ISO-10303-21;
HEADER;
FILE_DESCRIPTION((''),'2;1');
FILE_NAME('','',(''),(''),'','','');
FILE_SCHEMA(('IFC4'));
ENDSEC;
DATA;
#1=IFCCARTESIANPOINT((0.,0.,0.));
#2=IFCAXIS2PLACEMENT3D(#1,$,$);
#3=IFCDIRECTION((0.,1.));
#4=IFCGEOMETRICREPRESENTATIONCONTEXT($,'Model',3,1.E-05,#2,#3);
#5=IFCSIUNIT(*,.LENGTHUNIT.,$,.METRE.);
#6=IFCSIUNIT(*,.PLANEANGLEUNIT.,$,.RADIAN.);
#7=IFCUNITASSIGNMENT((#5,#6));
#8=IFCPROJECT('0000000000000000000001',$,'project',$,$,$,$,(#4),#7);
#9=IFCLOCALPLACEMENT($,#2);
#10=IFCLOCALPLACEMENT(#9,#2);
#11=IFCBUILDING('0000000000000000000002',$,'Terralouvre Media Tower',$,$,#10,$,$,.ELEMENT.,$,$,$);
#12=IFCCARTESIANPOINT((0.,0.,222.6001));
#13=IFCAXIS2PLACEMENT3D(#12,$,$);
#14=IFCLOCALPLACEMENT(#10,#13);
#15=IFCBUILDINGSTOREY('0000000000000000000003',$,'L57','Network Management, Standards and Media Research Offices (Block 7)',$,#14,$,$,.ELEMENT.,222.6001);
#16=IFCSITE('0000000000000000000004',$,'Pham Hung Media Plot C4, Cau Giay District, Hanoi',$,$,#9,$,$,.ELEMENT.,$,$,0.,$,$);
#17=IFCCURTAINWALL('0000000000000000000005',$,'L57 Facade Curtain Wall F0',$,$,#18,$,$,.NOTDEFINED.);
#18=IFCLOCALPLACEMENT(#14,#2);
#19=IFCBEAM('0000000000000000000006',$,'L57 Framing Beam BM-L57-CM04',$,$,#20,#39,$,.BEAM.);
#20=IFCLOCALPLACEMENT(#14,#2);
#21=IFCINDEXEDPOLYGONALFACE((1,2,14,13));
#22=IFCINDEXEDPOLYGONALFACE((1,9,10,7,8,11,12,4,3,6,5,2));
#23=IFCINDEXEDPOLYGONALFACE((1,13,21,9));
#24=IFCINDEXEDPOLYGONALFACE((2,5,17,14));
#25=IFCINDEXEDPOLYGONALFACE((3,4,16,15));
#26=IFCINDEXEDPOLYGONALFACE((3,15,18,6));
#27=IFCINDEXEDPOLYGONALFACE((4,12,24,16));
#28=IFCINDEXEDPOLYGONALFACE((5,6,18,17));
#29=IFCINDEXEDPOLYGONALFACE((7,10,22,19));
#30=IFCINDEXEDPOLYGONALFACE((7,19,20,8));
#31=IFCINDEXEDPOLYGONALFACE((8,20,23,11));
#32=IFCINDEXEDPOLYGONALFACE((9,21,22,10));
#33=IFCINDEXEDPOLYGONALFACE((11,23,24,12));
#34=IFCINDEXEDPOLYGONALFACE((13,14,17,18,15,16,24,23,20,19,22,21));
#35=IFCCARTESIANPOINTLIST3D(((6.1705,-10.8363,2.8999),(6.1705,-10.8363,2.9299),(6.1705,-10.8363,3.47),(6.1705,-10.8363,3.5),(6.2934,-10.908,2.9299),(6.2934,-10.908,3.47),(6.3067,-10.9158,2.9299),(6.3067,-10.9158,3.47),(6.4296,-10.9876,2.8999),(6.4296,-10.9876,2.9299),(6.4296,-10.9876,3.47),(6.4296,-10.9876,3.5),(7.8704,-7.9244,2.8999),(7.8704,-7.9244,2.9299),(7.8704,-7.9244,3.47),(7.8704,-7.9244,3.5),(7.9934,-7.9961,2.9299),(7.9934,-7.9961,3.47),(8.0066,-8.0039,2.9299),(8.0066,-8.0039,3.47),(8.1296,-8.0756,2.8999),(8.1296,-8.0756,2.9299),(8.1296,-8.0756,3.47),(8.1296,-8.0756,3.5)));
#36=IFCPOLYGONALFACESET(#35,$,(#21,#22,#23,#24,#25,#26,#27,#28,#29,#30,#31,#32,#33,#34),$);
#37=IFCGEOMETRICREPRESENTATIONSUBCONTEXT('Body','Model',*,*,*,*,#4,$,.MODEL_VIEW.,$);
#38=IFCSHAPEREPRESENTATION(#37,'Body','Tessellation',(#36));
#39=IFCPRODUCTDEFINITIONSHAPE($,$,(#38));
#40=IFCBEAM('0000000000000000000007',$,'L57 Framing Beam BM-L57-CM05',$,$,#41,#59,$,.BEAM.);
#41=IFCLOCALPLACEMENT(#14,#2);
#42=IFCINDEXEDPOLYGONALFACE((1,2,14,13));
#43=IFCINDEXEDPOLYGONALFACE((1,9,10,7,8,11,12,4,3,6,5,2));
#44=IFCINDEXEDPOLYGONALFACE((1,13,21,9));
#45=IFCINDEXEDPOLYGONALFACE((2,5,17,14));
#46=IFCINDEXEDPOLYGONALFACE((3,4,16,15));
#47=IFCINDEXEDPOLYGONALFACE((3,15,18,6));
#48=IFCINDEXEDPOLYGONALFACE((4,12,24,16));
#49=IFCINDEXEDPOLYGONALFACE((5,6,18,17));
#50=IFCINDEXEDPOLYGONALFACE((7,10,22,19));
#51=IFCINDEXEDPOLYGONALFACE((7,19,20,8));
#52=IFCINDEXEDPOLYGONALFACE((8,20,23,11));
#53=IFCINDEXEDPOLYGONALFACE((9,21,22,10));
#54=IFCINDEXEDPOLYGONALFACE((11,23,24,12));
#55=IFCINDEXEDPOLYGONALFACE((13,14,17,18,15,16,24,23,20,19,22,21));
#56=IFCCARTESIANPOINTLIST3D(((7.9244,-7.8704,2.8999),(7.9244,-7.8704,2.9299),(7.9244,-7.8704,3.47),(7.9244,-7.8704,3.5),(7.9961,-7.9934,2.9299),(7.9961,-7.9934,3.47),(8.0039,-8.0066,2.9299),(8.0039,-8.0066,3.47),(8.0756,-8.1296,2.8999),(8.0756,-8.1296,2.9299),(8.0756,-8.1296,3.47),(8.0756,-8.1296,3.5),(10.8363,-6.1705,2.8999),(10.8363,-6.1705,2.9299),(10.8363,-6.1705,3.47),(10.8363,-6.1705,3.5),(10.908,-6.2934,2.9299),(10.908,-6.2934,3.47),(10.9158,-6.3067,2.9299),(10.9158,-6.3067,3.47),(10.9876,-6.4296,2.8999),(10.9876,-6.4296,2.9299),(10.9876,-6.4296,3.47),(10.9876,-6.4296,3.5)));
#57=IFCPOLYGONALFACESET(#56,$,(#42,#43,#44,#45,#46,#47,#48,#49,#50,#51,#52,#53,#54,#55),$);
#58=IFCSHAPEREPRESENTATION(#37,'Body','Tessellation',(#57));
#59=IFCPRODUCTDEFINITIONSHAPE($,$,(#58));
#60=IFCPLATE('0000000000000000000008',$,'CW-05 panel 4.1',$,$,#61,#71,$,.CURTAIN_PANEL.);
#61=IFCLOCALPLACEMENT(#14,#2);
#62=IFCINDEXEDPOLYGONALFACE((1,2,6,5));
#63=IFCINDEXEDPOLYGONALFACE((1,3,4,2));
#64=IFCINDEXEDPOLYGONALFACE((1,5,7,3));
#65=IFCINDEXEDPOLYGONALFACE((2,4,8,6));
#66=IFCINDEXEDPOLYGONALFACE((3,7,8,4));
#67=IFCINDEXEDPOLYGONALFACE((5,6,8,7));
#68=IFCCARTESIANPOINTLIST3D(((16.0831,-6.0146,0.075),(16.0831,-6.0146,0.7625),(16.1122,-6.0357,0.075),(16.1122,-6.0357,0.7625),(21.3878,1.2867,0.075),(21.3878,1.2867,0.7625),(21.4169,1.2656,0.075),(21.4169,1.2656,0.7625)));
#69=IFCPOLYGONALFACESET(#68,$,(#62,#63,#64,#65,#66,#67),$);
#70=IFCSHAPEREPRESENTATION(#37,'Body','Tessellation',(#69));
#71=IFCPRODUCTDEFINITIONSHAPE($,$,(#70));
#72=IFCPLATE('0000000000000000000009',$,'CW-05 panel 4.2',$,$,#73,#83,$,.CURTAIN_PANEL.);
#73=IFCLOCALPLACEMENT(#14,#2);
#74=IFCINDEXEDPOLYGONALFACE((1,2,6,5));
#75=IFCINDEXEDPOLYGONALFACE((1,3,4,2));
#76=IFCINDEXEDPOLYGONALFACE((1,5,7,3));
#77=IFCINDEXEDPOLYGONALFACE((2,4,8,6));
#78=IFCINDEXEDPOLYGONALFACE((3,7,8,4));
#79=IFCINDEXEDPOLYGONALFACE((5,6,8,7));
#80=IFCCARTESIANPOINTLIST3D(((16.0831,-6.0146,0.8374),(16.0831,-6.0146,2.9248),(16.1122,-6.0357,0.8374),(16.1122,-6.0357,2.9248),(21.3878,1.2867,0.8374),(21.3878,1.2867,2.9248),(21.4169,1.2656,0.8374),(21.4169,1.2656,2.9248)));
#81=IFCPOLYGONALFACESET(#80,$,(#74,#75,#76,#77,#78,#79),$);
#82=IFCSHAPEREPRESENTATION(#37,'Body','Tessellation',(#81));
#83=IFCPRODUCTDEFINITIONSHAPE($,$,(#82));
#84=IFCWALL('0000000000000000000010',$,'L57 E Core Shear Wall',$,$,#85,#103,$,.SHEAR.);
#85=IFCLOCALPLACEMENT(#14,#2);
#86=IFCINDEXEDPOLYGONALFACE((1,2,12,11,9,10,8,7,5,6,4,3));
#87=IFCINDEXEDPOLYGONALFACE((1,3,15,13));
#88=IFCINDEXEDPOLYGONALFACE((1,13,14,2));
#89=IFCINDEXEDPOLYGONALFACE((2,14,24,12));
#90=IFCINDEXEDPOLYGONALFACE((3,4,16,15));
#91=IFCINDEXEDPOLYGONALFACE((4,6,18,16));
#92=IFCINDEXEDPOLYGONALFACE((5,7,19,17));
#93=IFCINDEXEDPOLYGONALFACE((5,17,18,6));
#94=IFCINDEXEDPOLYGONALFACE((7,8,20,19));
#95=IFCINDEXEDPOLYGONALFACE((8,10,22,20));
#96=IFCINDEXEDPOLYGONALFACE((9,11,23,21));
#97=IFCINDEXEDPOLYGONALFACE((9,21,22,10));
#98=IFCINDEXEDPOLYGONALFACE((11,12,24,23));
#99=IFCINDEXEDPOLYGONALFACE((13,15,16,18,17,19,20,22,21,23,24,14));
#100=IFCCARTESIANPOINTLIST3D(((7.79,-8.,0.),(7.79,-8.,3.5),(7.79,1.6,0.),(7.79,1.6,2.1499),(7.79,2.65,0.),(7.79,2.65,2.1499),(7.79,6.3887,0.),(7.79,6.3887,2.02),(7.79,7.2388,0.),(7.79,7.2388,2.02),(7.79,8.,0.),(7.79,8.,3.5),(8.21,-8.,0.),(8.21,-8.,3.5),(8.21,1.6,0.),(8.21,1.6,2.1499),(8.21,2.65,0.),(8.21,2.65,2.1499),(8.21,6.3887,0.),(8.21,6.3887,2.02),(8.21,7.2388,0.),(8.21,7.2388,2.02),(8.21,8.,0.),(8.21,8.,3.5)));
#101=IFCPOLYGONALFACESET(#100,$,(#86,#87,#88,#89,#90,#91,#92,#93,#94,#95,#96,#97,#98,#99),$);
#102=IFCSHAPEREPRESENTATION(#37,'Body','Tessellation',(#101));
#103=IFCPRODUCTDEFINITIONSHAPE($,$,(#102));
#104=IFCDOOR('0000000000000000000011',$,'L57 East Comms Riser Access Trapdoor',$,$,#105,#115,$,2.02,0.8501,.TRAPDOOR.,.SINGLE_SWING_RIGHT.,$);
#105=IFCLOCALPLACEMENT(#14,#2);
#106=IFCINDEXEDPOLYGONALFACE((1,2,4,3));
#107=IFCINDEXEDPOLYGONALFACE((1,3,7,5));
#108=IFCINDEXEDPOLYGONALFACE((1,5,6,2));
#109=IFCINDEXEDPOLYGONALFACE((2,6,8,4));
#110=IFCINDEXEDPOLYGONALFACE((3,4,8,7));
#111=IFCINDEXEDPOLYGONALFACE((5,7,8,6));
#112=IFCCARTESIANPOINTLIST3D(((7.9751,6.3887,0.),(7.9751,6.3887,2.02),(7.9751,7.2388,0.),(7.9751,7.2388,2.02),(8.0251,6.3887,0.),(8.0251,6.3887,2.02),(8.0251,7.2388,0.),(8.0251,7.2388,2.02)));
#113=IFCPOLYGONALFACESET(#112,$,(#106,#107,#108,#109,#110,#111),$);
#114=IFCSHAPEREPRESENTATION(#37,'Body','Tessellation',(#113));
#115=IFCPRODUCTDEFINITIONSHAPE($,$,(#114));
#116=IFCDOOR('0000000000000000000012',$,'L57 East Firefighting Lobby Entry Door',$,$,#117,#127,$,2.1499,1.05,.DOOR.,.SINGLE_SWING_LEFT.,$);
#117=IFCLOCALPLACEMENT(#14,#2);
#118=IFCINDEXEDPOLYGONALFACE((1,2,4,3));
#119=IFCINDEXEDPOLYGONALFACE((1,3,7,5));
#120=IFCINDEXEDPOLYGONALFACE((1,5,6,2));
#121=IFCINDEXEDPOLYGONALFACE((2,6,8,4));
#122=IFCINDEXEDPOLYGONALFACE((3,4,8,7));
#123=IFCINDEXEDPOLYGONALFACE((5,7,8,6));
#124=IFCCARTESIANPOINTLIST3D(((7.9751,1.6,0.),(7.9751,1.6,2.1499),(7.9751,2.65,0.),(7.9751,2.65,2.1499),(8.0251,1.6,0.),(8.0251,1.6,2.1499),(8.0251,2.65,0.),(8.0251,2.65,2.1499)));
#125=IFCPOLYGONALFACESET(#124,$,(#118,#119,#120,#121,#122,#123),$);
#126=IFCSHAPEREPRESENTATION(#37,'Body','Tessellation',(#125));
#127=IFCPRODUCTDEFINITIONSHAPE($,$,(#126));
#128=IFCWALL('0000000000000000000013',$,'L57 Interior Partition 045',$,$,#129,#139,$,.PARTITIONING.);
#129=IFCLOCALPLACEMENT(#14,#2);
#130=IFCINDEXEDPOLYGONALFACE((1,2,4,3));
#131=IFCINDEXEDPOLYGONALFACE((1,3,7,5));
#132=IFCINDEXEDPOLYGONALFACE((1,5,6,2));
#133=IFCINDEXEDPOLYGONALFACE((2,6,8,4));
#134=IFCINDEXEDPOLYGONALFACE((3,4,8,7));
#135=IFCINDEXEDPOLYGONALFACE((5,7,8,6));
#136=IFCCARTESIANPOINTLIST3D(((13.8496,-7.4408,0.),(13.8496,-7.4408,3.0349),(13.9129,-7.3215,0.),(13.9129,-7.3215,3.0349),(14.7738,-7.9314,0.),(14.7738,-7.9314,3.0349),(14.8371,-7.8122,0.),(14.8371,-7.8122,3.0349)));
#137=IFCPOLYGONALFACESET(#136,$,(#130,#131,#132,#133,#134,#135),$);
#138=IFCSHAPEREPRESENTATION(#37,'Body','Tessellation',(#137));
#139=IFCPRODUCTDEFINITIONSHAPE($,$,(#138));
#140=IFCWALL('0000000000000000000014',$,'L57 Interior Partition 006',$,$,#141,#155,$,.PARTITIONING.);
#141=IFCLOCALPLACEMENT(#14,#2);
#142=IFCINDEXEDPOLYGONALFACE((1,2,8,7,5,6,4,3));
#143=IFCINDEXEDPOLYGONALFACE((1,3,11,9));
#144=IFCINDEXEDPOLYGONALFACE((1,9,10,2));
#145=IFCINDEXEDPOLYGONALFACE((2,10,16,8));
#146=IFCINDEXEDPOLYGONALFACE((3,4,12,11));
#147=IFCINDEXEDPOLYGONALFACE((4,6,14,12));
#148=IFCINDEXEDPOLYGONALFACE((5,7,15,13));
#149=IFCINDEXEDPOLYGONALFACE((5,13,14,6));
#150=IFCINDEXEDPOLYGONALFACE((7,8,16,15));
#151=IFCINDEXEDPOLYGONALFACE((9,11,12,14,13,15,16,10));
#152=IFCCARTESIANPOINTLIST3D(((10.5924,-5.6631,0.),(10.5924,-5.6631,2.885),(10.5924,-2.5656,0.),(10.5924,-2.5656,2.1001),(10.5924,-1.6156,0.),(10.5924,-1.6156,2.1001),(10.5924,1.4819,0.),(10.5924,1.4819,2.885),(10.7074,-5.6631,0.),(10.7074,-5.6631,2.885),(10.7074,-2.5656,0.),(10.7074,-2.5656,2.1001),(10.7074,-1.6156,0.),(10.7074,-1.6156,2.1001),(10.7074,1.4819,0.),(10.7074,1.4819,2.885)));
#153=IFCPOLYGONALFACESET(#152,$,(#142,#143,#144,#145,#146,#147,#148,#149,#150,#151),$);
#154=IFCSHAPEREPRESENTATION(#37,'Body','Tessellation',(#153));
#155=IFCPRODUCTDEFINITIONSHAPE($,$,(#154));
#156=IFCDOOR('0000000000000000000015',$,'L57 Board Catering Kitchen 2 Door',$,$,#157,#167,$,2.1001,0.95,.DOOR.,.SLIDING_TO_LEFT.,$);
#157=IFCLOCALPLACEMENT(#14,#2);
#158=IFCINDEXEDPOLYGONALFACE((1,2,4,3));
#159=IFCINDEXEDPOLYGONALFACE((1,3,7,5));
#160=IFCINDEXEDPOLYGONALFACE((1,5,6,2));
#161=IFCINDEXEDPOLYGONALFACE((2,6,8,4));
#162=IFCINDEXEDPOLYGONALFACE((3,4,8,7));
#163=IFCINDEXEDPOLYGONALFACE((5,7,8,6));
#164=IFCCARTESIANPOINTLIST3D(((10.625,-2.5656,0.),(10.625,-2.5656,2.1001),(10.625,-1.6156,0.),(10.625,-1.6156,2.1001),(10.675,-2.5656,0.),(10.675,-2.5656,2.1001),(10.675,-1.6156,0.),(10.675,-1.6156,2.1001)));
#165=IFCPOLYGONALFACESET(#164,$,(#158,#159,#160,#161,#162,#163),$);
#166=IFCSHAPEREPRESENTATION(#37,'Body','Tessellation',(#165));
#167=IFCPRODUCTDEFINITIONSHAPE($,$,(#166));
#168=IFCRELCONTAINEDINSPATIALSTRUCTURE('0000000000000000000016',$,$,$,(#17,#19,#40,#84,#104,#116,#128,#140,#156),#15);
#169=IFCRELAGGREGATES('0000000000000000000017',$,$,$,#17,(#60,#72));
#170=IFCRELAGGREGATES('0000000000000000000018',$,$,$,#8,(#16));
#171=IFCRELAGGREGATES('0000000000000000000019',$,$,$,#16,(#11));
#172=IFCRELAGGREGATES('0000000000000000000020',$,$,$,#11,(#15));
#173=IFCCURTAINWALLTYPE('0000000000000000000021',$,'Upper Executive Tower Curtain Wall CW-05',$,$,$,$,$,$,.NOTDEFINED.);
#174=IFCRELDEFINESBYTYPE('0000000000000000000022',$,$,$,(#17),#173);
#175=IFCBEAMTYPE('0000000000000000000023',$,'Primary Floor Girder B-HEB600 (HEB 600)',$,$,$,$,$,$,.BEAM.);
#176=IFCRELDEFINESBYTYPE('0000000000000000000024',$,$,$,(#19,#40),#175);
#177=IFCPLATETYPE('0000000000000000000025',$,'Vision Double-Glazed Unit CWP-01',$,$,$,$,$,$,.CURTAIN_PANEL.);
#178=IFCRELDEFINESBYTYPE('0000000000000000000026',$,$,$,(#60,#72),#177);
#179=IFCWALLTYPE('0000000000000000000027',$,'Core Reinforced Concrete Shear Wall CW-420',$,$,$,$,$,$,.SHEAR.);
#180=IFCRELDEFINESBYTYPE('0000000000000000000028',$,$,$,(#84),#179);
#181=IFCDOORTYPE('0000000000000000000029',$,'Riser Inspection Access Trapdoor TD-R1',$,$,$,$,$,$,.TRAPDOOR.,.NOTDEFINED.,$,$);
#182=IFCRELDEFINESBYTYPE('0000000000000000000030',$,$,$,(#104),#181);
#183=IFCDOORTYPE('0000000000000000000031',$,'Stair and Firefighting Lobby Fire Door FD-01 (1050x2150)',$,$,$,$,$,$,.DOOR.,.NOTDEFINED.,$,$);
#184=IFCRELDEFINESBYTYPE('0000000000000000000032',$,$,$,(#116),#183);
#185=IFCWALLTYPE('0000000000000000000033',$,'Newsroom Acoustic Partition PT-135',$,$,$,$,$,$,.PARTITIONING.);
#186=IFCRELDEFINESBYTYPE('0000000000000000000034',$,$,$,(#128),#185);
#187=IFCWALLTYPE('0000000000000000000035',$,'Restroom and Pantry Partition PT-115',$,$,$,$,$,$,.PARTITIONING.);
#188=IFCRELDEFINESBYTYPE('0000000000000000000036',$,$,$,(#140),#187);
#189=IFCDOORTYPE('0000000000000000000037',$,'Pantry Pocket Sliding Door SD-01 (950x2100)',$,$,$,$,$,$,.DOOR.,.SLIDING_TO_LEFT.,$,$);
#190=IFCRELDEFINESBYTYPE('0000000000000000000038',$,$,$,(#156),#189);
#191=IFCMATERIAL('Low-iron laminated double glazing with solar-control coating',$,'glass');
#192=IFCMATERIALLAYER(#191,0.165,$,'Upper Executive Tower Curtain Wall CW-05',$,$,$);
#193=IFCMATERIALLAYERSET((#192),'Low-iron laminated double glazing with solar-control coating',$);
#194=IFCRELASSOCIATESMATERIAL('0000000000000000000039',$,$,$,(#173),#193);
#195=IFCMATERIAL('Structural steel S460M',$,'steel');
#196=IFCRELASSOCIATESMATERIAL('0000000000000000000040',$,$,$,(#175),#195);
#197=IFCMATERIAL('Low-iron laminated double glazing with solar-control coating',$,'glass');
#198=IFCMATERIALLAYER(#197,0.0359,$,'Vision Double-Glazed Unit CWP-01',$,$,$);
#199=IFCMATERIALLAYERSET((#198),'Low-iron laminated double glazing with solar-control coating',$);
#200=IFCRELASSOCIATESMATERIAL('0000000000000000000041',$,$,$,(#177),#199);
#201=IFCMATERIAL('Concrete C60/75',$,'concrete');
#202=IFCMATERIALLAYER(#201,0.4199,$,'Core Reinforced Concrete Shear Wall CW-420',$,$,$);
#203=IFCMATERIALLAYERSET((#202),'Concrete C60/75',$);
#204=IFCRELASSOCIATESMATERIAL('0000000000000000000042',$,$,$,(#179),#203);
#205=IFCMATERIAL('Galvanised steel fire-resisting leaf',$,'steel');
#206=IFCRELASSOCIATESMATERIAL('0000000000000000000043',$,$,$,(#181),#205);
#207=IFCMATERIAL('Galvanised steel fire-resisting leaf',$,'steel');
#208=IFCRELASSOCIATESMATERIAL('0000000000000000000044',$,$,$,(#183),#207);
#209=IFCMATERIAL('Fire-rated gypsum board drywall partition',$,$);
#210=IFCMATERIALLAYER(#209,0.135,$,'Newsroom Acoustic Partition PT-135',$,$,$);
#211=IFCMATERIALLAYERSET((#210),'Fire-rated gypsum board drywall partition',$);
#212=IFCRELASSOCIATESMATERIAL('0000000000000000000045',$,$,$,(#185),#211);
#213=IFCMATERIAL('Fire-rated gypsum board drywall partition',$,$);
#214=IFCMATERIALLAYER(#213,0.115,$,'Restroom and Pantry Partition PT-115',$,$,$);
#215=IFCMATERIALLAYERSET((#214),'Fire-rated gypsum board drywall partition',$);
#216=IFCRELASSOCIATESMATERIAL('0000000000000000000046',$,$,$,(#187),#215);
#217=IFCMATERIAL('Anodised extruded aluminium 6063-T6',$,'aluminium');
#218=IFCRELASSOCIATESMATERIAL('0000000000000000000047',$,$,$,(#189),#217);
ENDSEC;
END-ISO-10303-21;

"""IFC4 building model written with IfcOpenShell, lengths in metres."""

from ifc_helpers import new_model, si_unit, direction, frame, frame_2d, origin, origin_2d, place, context, subcontext, project, spatial, rectangle, i_section, extrude, material, layer, layer_set, material_profile, profile_set, type_object, element, fill, aggregate, save


model = new_model("IFC4")

# Units and contexts
model_context = context("Model", 3, precision=1e-05, world=origin(), true_north=direction((0.0, 1.0)))
body_context = subcontext(model_context, "Body", "Model", "MODEL_VIEW")
ifc_project = project(units=[si_unit("LENGTHUNIT", "METRE"), si_unit("PLANEANGLEUNIT", "RADIAN")], contexts=[model_context])

# Site, building, storey
site_placement = place(None, origin())
site = spatial("IfcSite", under=ifc_project, at=site_placement, Name="Pham Hung Media Plot C4, Cau Giay District, Hanoi", CompositionType="ELEMENT", RefElevation=0.0)
building_placement = place(site_placement, origin())
building = spatial("IfcBuilding", under=site, at=building_placement, Name="Terralouvre Media Tower", CompositionType="ELEMENT")
storey_placement = place(building_placement, frame((0.0, 0.0, 222.6001)))
storey = spatial("IfcBuildingStorey", under=building, at=storey_placement, Name="L57", Description="Network Management, Standards and Media Research Offices (Block 7)", CompositionType="ELEMENT", Elevation=222.6001)

# Curtain wall
ifc_material_1 = material(Name="Low-iron laminated double glazing with solar-control coating", Category="glass")
ifc_layer_1 = layer(ifc_material_1, 0.165, Name="Upper Executive Tower Curtain Wall CW-05")
ifc_layer_set_1 = layer_set([ifc_layer_1], Name="Low-iron laminated double glazing with solar-control coating")
curtain_wall_type = type_object("IfcCurtainWallType", Name="Upper Executive Tower Curtain Wall CW-05", PredefinedType="NOTDEFINED", material=ifc_layer_set_1)
curtain_wall_placement = place(storey_placement, origin())
curtain_wall = element("IfcCurtainWall", 1, at=curtain_wall_placement, inside=storey, type_object=curtain_wall_type, Name="L57 Facade Curtain Wall F0", PredefinedType="NOTDEFINED")

# Beams
ifc_material_2 = material(Name="Structural steel S460M", Category="steel")
ifc_material_profile_1 = material_profile(ifc_material_2, i_section(OverallWidth=0.3, OverallDepth=0.6001, WebThickness=0.0154, FlangeThickness=0.03, at=origin_2d()), Name="HEB 600")
ifc_profile_set_1 = profile_set([ifc_material_profile_1], Name="Structural steel S460M")
beam_type_1 = type_object("IfcBeamType", Name="Primary Floor Girder B-HEB600 (HEB 600)", PredefinedType="BEAM", material=ifc_profile_set_1)
for number, where, z_axis, x_axis, name in (
    (2, (8.0, -8.0, 3.2), (-0.504173, -0.863603, 0.0), (0.863603, -0.504173, 0.0), "L57 Framing Beam BM-L57-CM04"),
    (3, (8.0, -8.0, 3.2), (0.863603, 0.504173, 0.0), (-0.504173, 0.863603, 0.0), "L57 Framing Beam BM-L57-CM05"),
):
    element("IfcBeam", number, at=place(storey_placement, frame(where, z_axis=z_axis, x_axis=x_axis)), inside=storey, type_object=beam_type_1, Name=name, PredefinedType="BEAM", context=body_context, shape_type="SweptSolid", body=[
        extrude(i_section(OverallWidth=0.3, OverallDepth=0.6001, WebThickness=0.0154, FlangeThickness=0.03, at=origin_2d()), origin(), (0.0, 0.0, 1.0), 3.3718),
    ])

# Plates
ifc_material_3 = material(Name="Low-iron laminated double glazing with solar-control coating", Category="glass")
ifc_layer_2 = layer(ifc_material_3, 0.0359, Name="Vision Double-Glazed Unit CWP-01")
ifc_layer_set_2 = layer_set([ifc_layer_2], Name="Low-iron laminated double glazing with solar-control coating")
plate_type = type_object("IfcPlateType", Name="Vision Double-Glazed Unit CWP-01", PredefinedType="CURTAIN_PANEL", material=ifc_layer_set_2)
plate_1_placement = place(storey_placement, frame((18.75, -2.3745, 0.075), z_axis=(0.0, 0.0, 1.0), x_axis=(0.587785, 0.809017, 0.0)))
plate_1 = element("IfcPlate", 4, at=plate_1_placement, type_object=plate_type, Name="CW-05 panel 4.1", PredefinedType="CURTAIN_PANEL", context=body_context, shape_type="SweptSolid", body=[
    extrude(rectangle(XDim=9.0249, YDim=0.0359, at=origin_2d()), origin(), (0.0, 0.0, 1.0), 0.6875),
])
plate_2_placement = place(storey_placement, frame((18.75, -2.3745, 0.8374), z_axis=(0.0, 0.0, 1.0), x_axis=(0.587785, 0.809017, 0.0)))
plate_2 = element("IfcPlate", 5, at=plate_2_placement, type_object=plate_type, Name="CW-05 panel 4.2", PredefinedType="CURTAIN_PANEL", context=body_context, shape_type="SweptSolid", body=[
    extrude(rectangle(XDim=9.0249, YDim=0.0359, at=origin_2d()), origin(), (0.0, 0.0, 1.0), 2.0874),
])
aggregate(curtain_wall, [plate_1, plate_2])

# Wall, openings, doors
ifc_material_4 = material(Name="Concrete C60/75", Category="concrete")
ifc_layer_3 = layer(ifc_material_4, 0.4199, Name="Core Reinforced Concrete Shear Wall CW-420")
ifc_layer_set_3 = layer_set([ifc_layer_3], Name="Concrete C60/75")
wall_type_1 = type_object("IfcWallType", Name="Core Reinforced Concrete Shear Wall CW-420", PredefinedType="SHEAR", material=ifc_layer_set_3)
wall_1_placement = place(storey_placement, frame((8.0, -8.0, 0.0), z_axis=(0.0, 0.0, 1.0), x_axis=(0.0, 1.0, 0.0)))
wall_1 = element("IfcWall", 6, at=wall_1_placement, inside=storey, type_object=wall_type_1, Name="L57 E Core Shear Wall", PredefinedType="SHEAR", context=body_context, shape_type="SweptSolid", body=[
    extrude(rectangle(XDim=16.0, YDim=0.4199, at=frame_2d((8.0, 0.0))), origin(), (0.0, 0.0, 1.0), 3.5),
])
opening_1_placement = place(wall_1_placement, frame((9.6001, 0.0, 0.0)))
opening_1 = element("IfcOpeningElement", 7, at=opening_1_placement, cuts=wall_1, PredefinedType="OPENING", context=body_context, shape_type="SweptSolid", body=[
    extrude(rectangle(XDim=1.05, YDim=2.1499, at=frame_2d((0.5249, 1.075))), frame((0.0, 0.22, 0.0), z_axis=(0.0, -1.0, 0.0), x_axis=(1.0, 0.0, 0.0)), (0.0, 0.0, 1.0), 0.4399),
])
opening_2_placement = place(wall_1_placement, frame((14.3887, 0.0, 0.0)))
opening_2 = element("IfcOpeningElement", 8, at=opening_2_placement, cuts=wall_1, PredefinedType="OPENING", context=body_context, shape_type="SweptSolid", body=[
    extrude(rectangle(XDim=0.8501, YDim=2.02, at=frame_2d((0.425, 1.01))), frame((0.0, 0.22, 0.0), z_axis=(0.0, -1.0, 0.0), x_axis=(1.0, 0.0, 0.0)), (0.0, 0.0, 1.0), 0.4399),
])
ifc_material_5 = material(Name="Galvanised steel fire-resisting leaf", Category="steel")
door_type_1 = type_object("IfcDoorType", Name="Riser Inspection Access Trapdoor TD-R1", OperationType="NOTDEFINED", PredefinedType="TRAPDOOR", material=ifc_material_5)
door_1_placement = place(opening_2_placement, origin())
door_1 = element("IfcDoor", 9, at=door_1_placement, inside=storey, type_object=door_type_1, Name="L57 East Comms Riser Access Trapdoor", OperationType="SINGLE_SWING_RIGHT", OverallHeight=2.02, OverallWidth=0.8501, PredefinedType="TRAPDOOR", context=body_context, shape_type="SweptSolid", body=[
    extrude(rectangle(XDim=0.8501, YDim=2.02, at=frame_2d((0.425, 1.01))), frame((0.0, 0.0249, 0.0), z_axis=(0.0, -1.0, 0.0), x_axis=(1.0, 0.0, 0.0)), (0.0, 0.0, 1.0), 0.05),
])
fill(opening_2, door_1)
ifc_material_6 = material(Name="Galvanised steel fire-resisting leaf", Category="steel")
door_type_2 = type_object("IfcDoorType", Name="Stair and Firefighting Lobby Fire Door FD-01 (1050x2150)", OperationType="NOTDEFINED", PredefinedType="DOOR", material=ifc_material_6)
door_2_placement = place(opening_1_placement, origin())
door_2 = element("IfcDoor", 10, at=door_2_placement, inside=storey, type_object=door_type_2, Name="L57 East Firefighting Lobby Entry Door", OperationType="SINGLE_SWING_LEFT", OverallHeight=2.1499, OverallWidth=1.05, PredefinedType="DOOR", context=body_context, shape_type="SweptSolid", body=[
    extrude(rectangle(XDim=1.05, YDim=2.1499, at=frame_2d((0.5249, 1.075))), frame((0.0, 0.0249, 0.0), z_axis=(0.0, -1.0, 0.0), x_axis=(1.0, 0.0, 0.0)), (0.0, 0.0, 1.0), 0.05),
])
fill(opening_1, door_2)

# Wall
ifc_material_7 = material(Name="Fire-rated gypsum board drywall partition")
ifc_layer_4 = layer(ifc_material_7, 0.135, Name="Newsroom Acoustic Partition PT-135")
ifc_layer_set_4 = layer_set([ifc_layer_4], Name="Fire-rated gypsum board drywall partition")
wall_type_2 = type_object("IfcWallType", Name="Newsroom Acoustic Partition PT-135", PredefinedType="PARTITIONING", material=ifc_layer_set_4)
wall_2_placement = place(storey_placement, frame((14.8054, -7.8718, 0.0), z_axis=(0.0, 0.0, 1.0), x_axis=(-0.883243, 0.468916, 0.0)))
element("IfcWall", 11, at=wall_2_placement, inside=storey, type_object=wall_type_2, Name="L57 Interior Partition 045", PredefinedType="PARTITIONING", context=body_context, shape_type="SweptSolid", body=[
    extrude(rectangle(XDim=1.0464, YDim=0.135, at=frame_2d((0.5232, 0.0))), origin(), (0.0, 0.0, 1.0), 3.0349),
])

# Wall, opening, door
ifc_material_8 = material(Name="Fire-rated gypsum board drywall partition")
ifc_layer_5 = layer(ifc_material_8, 0.115, Name="Restroom and Pantry Partition PT-115")
ifc_layer_set_5 = layer_set([ifc_layer_5], Name="Fire-rated gypsum board drywall partition")
wall_type_3 = type_object("IfcWallType", Name="Restroom and Pantry Partition PT-115", PredefinedType="PARTITIONING", material=ifc_layer_set_5)
wall_3_placement = place(storey_placement, frame((10.6499, -5.6631, 0.0), z_axis=(0.0, 0.0, 1.0), x_axis=(0.0, 1.0, 0.0)))
wall_3 = element("IfcWall", 12, at=wall_3_placement, inside=storey, type_object=wall_type_3, Name="L57 Interior Partition 006", PredefinedType="PARTITIONING", context=body_context, shape_type="SweptSolid", body=[
    extrude(rectangle(XDim=7.145, YDim=0.115, at=frame_2d((3.5725, 0.0))), origin(), (0.0, 0.0, 1.0), 2.885),
])
opening_3_placement = place(wall_3_placement, frame((3.0974, 0.0, 0.0)))
opening_3 = element("IfcOpeningElement", 13, at=opening_3_placement, cuts=wall_3, PredefinedType="OPENING", context=body_context, shape_type="SweptSolid", body=[
    extrude(rectangle(XDim=0.95, YDim=2.1001, at=frame_2d((0.4751, 1.05))), frame((0.0, 0.0674, 0.0), z_axis=(0.0, -1.0, 0.0), x_axis=(1.0, 0.0, 0.0)), (0.0, 0.0, 1.0), 0.135),
])
ifc_material_9 = material(Name="Anodised extruded aluminium 6063-T6", Category="aluminium")
door_type_3 = type_object("IfcDoorType", Name="Pantry Pocket Sliding Door SD-01 (950x2100)", OperationType="SLIDING_TO_LEFT", PredefinedType="DOOR", material=ifc_material_9)
door_3_placement = place(opening_3_placement, origin())
door_3 = element("IfcDoor", 14, at=door_3_placement, inside=storey, type_object=door_type_3, Name="L57 Board Catering Kitchen 2 Door", OperationType="SLIDING_TO_LEFT", OverallHeight=2.1001, OverallWidth=0.95, PredefinedType="DOOR", context=body_context, shape_type="SweptSolid", body=[
    extrude(rectangle(XDim=0.95, YDim=2.1001, at=frame_2d((0.4751, 1.05))), frame((0.0, 0.0249, 0.0), z_axis=(0.0, -1.0, 0.0), x_axis=(1.0, 0.0, 0.0)), (0.0, 0.0, 1.0), 0.05),
])
fill(opening_3, door_3)

save(model, "model.ifc")
